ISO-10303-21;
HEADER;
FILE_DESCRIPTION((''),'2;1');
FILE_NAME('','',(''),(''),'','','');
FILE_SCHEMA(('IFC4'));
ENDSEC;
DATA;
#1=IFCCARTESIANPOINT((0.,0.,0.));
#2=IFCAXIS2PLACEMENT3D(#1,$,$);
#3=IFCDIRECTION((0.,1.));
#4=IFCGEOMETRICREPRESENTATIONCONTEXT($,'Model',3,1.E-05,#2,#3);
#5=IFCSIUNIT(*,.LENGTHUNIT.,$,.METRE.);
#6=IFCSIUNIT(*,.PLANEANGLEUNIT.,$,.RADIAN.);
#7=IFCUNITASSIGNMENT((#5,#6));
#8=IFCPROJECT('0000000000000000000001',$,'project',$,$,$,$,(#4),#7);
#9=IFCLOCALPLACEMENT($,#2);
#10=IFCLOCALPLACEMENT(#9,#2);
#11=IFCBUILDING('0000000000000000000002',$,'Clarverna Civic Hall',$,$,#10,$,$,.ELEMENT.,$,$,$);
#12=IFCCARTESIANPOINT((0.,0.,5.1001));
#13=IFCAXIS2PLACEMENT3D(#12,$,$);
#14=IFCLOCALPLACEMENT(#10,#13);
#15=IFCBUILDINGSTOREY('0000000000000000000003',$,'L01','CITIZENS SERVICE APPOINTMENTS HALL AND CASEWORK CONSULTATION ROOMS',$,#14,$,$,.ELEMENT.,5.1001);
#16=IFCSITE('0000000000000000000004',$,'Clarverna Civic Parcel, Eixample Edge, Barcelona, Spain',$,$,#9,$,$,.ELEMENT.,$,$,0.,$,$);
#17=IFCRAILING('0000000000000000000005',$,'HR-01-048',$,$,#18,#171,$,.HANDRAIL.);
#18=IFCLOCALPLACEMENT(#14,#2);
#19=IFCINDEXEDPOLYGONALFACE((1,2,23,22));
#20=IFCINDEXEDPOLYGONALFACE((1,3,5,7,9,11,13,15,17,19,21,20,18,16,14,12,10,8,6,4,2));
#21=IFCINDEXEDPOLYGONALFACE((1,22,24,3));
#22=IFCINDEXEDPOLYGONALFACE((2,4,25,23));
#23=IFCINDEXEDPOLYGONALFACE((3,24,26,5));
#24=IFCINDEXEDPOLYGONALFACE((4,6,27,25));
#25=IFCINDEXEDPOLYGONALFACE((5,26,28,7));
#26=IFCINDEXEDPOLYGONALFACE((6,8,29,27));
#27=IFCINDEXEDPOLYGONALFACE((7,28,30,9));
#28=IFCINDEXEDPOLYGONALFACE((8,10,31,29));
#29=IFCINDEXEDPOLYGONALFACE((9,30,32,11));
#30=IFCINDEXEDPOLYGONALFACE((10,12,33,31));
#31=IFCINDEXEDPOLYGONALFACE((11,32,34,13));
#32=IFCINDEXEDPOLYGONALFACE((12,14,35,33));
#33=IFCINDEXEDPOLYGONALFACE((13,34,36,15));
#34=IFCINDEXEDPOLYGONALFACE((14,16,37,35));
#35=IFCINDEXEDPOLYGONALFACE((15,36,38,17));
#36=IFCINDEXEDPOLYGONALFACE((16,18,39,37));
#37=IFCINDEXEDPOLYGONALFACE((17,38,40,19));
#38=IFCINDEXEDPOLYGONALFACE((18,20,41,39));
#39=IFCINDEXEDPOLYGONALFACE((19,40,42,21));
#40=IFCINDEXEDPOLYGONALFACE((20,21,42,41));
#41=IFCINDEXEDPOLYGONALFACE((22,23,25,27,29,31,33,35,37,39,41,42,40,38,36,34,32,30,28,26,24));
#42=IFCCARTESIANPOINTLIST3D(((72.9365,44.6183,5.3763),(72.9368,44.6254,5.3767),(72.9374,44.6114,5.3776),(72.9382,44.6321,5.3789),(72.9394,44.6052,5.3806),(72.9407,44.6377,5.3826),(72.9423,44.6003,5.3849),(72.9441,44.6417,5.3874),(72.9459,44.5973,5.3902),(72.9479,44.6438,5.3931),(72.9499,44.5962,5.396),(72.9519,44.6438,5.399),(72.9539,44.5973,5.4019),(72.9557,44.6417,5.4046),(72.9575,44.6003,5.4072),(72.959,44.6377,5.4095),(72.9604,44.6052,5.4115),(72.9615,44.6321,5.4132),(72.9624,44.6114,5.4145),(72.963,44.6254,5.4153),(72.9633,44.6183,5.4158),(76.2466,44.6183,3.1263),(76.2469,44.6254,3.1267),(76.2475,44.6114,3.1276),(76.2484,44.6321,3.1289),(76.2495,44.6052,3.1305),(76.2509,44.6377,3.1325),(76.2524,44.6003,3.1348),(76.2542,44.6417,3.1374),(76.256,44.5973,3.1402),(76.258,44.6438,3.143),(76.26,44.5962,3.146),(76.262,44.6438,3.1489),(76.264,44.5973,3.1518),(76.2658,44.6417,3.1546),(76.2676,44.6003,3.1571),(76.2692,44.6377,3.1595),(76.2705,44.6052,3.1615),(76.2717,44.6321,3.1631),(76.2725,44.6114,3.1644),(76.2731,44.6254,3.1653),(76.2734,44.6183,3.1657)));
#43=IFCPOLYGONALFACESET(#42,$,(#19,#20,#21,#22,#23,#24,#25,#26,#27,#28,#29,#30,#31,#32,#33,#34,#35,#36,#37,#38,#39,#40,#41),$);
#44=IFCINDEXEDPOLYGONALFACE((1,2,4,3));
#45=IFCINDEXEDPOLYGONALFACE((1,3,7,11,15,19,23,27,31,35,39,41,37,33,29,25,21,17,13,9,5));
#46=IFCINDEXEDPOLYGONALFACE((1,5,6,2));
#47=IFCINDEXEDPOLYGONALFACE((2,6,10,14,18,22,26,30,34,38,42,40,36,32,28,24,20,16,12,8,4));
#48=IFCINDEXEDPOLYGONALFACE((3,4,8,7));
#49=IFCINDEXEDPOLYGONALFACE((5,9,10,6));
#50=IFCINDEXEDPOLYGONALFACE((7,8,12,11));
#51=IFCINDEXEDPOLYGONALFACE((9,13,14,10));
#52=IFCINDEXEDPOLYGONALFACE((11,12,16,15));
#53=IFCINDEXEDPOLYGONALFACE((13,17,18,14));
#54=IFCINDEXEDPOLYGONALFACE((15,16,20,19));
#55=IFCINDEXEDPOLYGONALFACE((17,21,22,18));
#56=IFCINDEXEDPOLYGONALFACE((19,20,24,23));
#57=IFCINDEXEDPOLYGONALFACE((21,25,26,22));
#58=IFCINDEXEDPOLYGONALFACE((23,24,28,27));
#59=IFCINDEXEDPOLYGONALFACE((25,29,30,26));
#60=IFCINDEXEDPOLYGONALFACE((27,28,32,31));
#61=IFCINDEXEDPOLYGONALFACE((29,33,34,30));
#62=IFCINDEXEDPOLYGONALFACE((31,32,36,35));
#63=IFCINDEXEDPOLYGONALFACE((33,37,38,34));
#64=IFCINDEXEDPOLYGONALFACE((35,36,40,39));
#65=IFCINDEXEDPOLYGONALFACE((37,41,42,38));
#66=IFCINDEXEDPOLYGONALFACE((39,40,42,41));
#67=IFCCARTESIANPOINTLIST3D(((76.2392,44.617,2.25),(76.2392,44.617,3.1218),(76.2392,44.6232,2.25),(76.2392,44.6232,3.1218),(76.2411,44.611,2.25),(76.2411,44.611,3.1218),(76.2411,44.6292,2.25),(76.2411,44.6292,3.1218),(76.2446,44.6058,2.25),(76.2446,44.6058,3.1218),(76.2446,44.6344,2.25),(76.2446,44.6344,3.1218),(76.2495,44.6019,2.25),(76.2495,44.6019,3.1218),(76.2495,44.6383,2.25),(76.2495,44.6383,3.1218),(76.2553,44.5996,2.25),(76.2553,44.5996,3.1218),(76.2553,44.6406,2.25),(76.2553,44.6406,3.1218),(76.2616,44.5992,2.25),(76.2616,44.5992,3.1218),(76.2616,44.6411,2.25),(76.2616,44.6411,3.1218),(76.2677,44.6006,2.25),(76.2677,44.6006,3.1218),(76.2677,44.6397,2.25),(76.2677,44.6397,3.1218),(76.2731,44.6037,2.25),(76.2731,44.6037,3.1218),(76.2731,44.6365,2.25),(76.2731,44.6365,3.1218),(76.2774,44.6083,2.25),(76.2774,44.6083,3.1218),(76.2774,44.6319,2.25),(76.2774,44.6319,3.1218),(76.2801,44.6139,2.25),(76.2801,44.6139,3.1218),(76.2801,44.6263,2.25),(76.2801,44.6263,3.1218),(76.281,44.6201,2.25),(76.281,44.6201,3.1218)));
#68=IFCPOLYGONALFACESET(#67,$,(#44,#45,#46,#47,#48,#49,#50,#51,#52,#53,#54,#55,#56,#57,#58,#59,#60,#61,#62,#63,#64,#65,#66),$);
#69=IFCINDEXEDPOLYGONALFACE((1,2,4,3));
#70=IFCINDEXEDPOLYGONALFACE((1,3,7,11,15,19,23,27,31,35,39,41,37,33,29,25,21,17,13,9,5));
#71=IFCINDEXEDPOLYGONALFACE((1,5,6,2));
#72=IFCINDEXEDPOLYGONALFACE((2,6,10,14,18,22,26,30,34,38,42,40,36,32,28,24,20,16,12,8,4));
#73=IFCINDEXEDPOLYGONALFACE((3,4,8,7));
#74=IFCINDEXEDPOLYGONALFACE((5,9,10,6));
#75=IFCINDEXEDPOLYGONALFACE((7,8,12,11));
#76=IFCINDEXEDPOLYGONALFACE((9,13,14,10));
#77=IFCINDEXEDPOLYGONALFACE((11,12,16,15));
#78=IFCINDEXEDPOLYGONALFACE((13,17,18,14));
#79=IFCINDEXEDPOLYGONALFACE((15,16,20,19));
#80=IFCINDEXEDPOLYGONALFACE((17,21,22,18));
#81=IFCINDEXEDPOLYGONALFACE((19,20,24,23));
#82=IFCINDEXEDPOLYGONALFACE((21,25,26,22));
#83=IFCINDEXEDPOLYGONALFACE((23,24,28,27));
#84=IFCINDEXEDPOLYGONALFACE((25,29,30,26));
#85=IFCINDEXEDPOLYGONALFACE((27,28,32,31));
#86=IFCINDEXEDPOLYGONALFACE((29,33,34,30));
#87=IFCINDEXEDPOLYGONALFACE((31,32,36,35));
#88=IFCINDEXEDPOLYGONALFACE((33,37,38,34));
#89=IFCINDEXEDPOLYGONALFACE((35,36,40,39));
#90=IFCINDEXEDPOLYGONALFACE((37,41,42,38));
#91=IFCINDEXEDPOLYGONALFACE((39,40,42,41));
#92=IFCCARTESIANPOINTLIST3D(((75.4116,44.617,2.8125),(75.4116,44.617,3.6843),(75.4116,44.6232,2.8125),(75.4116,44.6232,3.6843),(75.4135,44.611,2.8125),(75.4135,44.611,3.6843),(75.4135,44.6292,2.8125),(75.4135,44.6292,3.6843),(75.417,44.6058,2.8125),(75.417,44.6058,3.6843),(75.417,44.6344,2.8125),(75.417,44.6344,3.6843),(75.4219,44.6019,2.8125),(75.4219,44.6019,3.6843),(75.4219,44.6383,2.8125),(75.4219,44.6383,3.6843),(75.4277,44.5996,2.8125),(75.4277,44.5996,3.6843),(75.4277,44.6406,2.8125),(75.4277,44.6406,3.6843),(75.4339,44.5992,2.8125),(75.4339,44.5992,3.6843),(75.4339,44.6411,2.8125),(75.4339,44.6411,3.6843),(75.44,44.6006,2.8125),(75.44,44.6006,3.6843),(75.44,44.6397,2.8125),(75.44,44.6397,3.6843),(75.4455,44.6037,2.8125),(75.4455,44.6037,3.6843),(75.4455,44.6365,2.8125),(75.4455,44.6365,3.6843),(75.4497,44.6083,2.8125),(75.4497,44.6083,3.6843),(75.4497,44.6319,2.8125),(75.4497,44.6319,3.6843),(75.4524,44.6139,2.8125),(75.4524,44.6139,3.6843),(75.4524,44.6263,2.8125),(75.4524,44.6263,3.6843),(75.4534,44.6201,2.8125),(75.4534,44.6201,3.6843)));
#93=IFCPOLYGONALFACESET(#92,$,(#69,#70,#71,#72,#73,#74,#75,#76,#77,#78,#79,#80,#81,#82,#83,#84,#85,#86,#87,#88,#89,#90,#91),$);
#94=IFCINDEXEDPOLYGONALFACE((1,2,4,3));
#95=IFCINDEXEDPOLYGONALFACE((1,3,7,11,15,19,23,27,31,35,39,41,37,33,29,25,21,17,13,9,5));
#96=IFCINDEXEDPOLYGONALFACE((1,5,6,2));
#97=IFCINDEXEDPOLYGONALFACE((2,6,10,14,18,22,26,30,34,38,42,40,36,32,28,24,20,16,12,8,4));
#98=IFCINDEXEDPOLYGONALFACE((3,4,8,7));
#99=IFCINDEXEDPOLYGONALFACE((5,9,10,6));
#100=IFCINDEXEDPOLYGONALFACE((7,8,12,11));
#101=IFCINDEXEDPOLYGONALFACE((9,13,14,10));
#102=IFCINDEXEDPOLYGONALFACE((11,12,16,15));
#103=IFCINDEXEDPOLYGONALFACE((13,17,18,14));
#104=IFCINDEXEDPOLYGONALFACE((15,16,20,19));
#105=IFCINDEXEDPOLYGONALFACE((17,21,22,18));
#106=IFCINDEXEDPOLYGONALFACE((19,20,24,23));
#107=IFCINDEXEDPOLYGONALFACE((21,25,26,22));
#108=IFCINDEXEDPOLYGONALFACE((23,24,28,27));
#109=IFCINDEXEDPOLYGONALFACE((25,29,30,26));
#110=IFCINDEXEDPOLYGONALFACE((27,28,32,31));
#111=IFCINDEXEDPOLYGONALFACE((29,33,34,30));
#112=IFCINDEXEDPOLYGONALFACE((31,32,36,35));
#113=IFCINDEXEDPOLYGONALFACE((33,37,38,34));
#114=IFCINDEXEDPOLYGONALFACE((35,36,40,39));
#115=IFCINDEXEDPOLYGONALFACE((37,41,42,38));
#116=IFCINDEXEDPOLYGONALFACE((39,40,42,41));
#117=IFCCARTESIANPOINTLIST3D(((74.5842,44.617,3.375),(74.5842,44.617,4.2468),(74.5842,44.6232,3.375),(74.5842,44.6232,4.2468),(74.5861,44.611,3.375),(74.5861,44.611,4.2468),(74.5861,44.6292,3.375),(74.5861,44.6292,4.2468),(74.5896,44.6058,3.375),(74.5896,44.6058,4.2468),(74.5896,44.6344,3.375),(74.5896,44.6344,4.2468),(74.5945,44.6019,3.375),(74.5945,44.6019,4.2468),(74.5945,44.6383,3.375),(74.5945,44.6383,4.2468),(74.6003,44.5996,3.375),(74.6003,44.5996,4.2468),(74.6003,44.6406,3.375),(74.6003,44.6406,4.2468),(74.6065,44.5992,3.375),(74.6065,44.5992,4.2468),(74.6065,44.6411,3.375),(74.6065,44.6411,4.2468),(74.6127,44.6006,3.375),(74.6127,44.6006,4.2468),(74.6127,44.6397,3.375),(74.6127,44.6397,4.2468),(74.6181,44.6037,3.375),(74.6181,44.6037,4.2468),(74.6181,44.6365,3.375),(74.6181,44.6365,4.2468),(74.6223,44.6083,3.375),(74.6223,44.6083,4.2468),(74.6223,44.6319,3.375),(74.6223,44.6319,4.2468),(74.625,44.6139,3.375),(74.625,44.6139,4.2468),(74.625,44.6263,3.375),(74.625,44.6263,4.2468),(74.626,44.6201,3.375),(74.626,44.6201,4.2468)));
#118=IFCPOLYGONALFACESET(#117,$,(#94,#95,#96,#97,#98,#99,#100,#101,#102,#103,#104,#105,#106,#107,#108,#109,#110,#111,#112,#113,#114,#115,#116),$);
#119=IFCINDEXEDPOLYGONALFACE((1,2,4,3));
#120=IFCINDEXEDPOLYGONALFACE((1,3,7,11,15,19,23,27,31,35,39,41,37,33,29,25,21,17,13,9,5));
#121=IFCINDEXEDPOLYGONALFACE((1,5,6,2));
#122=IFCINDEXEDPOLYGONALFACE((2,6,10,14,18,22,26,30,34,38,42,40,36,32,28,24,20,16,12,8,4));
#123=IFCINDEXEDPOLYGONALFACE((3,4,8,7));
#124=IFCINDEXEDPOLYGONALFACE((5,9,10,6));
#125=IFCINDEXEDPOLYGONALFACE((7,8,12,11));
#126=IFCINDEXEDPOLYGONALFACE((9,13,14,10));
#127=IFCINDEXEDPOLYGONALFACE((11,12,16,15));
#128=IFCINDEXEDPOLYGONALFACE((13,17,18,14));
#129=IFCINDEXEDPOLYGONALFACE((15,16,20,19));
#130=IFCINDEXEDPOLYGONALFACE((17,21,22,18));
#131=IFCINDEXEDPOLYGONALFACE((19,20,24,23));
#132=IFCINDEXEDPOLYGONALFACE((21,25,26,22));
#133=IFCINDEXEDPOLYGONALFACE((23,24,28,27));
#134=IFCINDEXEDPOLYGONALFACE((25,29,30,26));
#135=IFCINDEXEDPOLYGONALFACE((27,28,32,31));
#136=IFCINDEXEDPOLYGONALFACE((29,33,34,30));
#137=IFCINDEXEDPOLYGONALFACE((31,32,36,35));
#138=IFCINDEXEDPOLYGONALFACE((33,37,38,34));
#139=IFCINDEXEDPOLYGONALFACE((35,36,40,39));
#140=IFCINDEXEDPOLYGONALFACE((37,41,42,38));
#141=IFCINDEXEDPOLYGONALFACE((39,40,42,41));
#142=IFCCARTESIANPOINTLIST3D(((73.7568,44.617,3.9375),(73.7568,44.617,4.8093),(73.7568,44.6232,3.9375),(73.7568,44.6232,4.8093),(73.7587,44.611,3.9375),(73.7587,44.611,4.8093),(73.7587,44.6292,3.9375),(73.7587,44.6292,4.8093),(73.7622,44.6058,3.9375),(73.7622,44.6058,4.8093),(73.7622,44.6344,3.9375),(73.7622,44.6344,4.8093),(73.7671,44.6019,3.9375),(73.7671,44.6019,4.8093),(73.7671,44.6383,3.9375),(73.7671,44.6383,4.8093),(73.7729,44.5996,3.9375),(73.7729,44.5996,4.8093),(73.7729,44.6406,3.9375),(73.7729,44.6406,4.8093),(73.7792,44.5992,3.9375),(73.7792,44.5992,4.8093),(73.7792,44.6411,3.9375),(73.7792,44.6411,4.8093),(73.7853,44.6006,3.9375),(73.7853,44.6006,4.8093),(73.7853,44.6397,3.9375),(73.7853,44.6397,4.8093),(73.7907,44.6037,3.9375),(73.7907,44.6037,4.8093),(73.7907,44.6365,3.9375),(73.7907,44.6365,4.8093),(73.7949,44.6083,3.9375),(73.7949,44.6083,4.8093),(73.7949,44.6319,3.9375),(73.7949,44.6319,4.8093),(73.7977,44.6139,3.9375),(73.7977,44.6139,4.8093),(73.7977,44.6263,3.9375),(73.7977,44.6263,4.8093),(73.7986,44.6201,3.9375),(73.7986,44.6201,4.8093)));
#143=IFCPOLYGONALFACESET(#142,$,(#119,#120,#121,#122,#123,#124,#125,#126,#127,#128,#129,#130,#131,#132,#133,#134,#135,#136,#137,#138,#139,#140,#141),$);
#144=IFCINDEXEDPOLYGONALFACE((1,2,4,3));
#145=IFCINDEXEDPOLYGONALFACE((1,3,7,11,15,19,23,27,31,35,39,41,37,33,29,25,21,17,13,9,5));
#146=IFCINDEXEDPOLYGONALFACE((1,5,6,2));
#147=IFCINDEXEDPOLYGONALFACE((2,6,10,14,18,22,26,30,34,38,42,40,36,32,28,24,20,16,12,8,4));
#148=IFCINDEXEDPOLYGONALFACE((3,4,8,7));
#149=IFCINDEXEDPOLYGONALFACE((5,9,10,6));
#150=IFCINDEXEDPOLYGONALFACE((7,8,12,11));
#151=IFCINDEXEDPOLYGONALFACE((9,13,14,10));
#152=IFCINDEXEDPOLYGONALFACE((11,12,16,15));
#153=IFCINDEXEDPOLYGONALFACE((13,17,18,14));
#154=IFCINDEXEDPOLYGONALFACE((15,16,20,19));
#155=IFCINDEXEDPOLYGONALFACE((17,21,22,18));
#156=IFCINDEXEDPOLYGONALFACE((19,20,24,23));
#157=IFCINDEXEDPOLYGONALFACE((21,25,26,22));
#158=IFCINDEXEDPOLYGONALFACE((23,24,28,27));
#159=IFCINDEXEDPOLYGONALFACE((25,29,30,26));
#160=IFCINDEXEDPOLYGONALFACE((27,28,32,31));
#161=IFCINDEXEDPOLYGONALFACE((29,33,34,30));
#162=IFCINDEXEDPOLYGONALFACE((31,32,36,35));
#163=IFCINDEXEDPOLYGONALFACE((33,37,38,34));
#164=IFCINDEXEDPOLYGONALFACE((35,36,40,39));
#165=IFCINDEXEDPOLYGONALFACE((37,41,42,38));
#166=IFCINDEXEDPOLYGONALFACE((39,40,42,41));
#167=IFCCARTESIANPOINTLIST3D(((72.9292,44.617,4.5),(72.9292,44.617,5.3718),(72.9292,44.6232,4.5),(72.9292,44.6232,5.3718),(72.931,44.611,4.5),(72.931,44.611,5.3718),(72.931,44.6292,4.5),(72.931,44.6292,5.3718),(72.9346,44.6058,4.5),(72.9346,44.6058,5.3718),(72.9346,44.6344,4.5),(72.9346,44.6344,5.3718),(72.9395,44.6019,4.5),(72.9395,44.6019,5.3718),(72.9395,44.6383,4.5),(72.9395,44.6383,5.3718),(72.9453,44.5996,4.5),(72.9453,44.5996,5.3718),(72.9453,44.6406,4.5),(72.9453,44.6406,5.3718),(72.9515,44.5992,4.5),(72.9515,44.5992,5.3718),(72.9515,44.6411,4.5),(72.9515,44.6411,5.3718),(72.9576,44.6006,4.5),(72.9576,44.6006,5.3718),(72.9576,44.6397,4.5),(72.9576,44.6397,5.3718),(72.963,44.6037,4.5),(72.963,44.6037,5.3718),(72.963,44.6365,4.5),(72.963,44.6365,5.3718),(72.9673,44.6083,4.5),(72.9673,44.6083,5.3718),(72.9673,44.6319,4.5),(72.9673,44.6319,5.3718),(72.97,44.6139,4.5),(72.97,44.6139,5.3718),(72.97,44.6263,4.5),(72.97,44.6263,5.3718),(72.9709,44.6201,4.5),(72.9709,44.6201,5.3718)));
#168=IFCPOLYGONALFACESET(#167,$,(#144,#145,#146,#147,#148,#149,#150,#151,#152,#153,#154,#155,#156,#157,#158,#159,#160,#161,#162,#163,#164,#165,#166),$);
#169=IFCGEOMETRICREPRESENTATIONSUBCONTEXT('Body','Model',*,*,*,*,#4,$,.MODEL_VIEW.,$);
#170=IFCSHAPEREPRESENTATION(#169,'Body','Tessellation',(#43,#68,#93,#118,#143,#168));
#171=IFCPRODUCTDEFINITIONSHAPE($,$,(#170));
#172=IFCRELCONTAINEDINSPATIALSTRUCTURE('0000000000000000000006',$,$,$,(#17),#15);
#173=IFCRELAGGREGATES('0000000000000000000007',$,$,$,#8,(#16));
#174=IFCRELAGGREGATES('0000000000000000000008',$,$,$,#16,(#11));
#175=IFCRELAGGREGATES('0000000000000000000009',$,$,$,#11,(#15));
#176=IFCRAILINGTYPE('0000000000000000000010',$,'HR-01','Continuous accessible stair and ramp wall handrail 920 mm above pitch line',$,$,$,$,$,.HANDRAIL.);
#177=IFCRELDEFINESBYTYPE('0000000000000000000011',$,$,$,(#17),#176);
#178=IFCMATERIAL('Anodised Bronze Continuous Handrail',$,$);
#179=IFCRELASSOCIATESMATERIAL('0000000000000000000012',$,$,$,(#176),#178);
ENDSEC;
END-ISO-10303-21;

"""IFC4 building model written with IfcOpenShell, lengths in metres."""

from ifc_helpers import new_model, si_unit, direction, frame, origin, origin_2d, place, context, subcontext, project, spatial, circle, extrude, material, type_object, element, save


model = new_model("IFC4")

# Units and contexts
model_context = context("Model", 3, precision=1e-05, world=origin(), true_north=direction((0.0, 1.0)))
body_context = subcontext(model_context, "Body", "Model", "MODEL_VIEW")
ifc_project = project(units=[si_unit("LENGTHUNIT", "METRE"), si_unit("PLANEANGLEUNIT", "RADIAN")], contexts=[model_context])

# Site, building, storey
site_placement = place(None, origin())
site = spatial("IfcSite", under=ifc_project, at=site_placement, Name="Clarverna Civic Parcel, Eixample Edge, Barcelona, Spain", CompositionType="ELEMENT", RefElevation=0.0)
building_placement = place(site_placement, origin())
building = spatial("IfcBuilding", under=site, at=building_placement, Name="Clarverna Civic Hall", CompositionType="ELEMENT")
storey_placement = place(building_placement, frame((0.0, 0.0, 5.1001)))
storey = spatial("IfcBuildingStorey", under=building, at=storey_placement, Name="L01", Description="CITIZENS SERVICE APPOINTMENTS HALL AND CASEWORK CONSULTATION ROOMS", CompositionType="ELEMENT", Elevation=5.1001)

# Railing
ifc_material_1 = material(Name="Anodised Bronze Continuous Handrail")
railing_type_1 = type_object("IfcRailingType", Name="HR-01", Description="Continuous accessible stair and ramp wall handrail 920 mm above pitch line", PredefinedType="HANDRAIL", material=ifc_material_1)
railing_1_placement = place(storey_placement, frame((76.26, 44.6201, 2.25)))
element("IfcRailing", 1, at=railing_1_placement, inside=storey, type_object=railing_type_1, Name="HR-01-048", PredefinedType="HANDRAIL", context=body_context, shape_type="SweptSolid", body=[
    extrude(circle(Radius=0.0239, at=origin_2d()), frame((0.0, 0.0, 0.896), z_axis=(-0.827024, 0.0, 0.562167), x_axis=(0.0, -1.0, 0.0)), (0.0, 0.0, 1.0), 4.0024),
    extrude(circle(Radius=0.021, at=origin_2d()), origin(), (0.0, 0.0, 1.0), 0.8718),
    extrude(circle(Radius=0.021, at=origin_2d()), frame((-0.8276, 0.0, 0.5625)), (0.0, 0.0, 1.0), 0.8718),
    extrude(circle(Radius=0.021, at=origin_2d()), frame((-1.655, 0.0, 1.125)), (0.0, 0.0, 1.0), 0.8718),
    extrude(circle(Radius=0.021, at=origin_2d()), frame((-2.4824, 0.0, 1.6875)), (0.0, 0.0, 1.0), 0.8718),
    extrude(circle(Radius=0.021, at=origin_2d()), frame((-3.3101, 0.0, 2.25)), (0.0, 0.0, 1.0), 0.8718),
])

save(model, "model.ifc")
